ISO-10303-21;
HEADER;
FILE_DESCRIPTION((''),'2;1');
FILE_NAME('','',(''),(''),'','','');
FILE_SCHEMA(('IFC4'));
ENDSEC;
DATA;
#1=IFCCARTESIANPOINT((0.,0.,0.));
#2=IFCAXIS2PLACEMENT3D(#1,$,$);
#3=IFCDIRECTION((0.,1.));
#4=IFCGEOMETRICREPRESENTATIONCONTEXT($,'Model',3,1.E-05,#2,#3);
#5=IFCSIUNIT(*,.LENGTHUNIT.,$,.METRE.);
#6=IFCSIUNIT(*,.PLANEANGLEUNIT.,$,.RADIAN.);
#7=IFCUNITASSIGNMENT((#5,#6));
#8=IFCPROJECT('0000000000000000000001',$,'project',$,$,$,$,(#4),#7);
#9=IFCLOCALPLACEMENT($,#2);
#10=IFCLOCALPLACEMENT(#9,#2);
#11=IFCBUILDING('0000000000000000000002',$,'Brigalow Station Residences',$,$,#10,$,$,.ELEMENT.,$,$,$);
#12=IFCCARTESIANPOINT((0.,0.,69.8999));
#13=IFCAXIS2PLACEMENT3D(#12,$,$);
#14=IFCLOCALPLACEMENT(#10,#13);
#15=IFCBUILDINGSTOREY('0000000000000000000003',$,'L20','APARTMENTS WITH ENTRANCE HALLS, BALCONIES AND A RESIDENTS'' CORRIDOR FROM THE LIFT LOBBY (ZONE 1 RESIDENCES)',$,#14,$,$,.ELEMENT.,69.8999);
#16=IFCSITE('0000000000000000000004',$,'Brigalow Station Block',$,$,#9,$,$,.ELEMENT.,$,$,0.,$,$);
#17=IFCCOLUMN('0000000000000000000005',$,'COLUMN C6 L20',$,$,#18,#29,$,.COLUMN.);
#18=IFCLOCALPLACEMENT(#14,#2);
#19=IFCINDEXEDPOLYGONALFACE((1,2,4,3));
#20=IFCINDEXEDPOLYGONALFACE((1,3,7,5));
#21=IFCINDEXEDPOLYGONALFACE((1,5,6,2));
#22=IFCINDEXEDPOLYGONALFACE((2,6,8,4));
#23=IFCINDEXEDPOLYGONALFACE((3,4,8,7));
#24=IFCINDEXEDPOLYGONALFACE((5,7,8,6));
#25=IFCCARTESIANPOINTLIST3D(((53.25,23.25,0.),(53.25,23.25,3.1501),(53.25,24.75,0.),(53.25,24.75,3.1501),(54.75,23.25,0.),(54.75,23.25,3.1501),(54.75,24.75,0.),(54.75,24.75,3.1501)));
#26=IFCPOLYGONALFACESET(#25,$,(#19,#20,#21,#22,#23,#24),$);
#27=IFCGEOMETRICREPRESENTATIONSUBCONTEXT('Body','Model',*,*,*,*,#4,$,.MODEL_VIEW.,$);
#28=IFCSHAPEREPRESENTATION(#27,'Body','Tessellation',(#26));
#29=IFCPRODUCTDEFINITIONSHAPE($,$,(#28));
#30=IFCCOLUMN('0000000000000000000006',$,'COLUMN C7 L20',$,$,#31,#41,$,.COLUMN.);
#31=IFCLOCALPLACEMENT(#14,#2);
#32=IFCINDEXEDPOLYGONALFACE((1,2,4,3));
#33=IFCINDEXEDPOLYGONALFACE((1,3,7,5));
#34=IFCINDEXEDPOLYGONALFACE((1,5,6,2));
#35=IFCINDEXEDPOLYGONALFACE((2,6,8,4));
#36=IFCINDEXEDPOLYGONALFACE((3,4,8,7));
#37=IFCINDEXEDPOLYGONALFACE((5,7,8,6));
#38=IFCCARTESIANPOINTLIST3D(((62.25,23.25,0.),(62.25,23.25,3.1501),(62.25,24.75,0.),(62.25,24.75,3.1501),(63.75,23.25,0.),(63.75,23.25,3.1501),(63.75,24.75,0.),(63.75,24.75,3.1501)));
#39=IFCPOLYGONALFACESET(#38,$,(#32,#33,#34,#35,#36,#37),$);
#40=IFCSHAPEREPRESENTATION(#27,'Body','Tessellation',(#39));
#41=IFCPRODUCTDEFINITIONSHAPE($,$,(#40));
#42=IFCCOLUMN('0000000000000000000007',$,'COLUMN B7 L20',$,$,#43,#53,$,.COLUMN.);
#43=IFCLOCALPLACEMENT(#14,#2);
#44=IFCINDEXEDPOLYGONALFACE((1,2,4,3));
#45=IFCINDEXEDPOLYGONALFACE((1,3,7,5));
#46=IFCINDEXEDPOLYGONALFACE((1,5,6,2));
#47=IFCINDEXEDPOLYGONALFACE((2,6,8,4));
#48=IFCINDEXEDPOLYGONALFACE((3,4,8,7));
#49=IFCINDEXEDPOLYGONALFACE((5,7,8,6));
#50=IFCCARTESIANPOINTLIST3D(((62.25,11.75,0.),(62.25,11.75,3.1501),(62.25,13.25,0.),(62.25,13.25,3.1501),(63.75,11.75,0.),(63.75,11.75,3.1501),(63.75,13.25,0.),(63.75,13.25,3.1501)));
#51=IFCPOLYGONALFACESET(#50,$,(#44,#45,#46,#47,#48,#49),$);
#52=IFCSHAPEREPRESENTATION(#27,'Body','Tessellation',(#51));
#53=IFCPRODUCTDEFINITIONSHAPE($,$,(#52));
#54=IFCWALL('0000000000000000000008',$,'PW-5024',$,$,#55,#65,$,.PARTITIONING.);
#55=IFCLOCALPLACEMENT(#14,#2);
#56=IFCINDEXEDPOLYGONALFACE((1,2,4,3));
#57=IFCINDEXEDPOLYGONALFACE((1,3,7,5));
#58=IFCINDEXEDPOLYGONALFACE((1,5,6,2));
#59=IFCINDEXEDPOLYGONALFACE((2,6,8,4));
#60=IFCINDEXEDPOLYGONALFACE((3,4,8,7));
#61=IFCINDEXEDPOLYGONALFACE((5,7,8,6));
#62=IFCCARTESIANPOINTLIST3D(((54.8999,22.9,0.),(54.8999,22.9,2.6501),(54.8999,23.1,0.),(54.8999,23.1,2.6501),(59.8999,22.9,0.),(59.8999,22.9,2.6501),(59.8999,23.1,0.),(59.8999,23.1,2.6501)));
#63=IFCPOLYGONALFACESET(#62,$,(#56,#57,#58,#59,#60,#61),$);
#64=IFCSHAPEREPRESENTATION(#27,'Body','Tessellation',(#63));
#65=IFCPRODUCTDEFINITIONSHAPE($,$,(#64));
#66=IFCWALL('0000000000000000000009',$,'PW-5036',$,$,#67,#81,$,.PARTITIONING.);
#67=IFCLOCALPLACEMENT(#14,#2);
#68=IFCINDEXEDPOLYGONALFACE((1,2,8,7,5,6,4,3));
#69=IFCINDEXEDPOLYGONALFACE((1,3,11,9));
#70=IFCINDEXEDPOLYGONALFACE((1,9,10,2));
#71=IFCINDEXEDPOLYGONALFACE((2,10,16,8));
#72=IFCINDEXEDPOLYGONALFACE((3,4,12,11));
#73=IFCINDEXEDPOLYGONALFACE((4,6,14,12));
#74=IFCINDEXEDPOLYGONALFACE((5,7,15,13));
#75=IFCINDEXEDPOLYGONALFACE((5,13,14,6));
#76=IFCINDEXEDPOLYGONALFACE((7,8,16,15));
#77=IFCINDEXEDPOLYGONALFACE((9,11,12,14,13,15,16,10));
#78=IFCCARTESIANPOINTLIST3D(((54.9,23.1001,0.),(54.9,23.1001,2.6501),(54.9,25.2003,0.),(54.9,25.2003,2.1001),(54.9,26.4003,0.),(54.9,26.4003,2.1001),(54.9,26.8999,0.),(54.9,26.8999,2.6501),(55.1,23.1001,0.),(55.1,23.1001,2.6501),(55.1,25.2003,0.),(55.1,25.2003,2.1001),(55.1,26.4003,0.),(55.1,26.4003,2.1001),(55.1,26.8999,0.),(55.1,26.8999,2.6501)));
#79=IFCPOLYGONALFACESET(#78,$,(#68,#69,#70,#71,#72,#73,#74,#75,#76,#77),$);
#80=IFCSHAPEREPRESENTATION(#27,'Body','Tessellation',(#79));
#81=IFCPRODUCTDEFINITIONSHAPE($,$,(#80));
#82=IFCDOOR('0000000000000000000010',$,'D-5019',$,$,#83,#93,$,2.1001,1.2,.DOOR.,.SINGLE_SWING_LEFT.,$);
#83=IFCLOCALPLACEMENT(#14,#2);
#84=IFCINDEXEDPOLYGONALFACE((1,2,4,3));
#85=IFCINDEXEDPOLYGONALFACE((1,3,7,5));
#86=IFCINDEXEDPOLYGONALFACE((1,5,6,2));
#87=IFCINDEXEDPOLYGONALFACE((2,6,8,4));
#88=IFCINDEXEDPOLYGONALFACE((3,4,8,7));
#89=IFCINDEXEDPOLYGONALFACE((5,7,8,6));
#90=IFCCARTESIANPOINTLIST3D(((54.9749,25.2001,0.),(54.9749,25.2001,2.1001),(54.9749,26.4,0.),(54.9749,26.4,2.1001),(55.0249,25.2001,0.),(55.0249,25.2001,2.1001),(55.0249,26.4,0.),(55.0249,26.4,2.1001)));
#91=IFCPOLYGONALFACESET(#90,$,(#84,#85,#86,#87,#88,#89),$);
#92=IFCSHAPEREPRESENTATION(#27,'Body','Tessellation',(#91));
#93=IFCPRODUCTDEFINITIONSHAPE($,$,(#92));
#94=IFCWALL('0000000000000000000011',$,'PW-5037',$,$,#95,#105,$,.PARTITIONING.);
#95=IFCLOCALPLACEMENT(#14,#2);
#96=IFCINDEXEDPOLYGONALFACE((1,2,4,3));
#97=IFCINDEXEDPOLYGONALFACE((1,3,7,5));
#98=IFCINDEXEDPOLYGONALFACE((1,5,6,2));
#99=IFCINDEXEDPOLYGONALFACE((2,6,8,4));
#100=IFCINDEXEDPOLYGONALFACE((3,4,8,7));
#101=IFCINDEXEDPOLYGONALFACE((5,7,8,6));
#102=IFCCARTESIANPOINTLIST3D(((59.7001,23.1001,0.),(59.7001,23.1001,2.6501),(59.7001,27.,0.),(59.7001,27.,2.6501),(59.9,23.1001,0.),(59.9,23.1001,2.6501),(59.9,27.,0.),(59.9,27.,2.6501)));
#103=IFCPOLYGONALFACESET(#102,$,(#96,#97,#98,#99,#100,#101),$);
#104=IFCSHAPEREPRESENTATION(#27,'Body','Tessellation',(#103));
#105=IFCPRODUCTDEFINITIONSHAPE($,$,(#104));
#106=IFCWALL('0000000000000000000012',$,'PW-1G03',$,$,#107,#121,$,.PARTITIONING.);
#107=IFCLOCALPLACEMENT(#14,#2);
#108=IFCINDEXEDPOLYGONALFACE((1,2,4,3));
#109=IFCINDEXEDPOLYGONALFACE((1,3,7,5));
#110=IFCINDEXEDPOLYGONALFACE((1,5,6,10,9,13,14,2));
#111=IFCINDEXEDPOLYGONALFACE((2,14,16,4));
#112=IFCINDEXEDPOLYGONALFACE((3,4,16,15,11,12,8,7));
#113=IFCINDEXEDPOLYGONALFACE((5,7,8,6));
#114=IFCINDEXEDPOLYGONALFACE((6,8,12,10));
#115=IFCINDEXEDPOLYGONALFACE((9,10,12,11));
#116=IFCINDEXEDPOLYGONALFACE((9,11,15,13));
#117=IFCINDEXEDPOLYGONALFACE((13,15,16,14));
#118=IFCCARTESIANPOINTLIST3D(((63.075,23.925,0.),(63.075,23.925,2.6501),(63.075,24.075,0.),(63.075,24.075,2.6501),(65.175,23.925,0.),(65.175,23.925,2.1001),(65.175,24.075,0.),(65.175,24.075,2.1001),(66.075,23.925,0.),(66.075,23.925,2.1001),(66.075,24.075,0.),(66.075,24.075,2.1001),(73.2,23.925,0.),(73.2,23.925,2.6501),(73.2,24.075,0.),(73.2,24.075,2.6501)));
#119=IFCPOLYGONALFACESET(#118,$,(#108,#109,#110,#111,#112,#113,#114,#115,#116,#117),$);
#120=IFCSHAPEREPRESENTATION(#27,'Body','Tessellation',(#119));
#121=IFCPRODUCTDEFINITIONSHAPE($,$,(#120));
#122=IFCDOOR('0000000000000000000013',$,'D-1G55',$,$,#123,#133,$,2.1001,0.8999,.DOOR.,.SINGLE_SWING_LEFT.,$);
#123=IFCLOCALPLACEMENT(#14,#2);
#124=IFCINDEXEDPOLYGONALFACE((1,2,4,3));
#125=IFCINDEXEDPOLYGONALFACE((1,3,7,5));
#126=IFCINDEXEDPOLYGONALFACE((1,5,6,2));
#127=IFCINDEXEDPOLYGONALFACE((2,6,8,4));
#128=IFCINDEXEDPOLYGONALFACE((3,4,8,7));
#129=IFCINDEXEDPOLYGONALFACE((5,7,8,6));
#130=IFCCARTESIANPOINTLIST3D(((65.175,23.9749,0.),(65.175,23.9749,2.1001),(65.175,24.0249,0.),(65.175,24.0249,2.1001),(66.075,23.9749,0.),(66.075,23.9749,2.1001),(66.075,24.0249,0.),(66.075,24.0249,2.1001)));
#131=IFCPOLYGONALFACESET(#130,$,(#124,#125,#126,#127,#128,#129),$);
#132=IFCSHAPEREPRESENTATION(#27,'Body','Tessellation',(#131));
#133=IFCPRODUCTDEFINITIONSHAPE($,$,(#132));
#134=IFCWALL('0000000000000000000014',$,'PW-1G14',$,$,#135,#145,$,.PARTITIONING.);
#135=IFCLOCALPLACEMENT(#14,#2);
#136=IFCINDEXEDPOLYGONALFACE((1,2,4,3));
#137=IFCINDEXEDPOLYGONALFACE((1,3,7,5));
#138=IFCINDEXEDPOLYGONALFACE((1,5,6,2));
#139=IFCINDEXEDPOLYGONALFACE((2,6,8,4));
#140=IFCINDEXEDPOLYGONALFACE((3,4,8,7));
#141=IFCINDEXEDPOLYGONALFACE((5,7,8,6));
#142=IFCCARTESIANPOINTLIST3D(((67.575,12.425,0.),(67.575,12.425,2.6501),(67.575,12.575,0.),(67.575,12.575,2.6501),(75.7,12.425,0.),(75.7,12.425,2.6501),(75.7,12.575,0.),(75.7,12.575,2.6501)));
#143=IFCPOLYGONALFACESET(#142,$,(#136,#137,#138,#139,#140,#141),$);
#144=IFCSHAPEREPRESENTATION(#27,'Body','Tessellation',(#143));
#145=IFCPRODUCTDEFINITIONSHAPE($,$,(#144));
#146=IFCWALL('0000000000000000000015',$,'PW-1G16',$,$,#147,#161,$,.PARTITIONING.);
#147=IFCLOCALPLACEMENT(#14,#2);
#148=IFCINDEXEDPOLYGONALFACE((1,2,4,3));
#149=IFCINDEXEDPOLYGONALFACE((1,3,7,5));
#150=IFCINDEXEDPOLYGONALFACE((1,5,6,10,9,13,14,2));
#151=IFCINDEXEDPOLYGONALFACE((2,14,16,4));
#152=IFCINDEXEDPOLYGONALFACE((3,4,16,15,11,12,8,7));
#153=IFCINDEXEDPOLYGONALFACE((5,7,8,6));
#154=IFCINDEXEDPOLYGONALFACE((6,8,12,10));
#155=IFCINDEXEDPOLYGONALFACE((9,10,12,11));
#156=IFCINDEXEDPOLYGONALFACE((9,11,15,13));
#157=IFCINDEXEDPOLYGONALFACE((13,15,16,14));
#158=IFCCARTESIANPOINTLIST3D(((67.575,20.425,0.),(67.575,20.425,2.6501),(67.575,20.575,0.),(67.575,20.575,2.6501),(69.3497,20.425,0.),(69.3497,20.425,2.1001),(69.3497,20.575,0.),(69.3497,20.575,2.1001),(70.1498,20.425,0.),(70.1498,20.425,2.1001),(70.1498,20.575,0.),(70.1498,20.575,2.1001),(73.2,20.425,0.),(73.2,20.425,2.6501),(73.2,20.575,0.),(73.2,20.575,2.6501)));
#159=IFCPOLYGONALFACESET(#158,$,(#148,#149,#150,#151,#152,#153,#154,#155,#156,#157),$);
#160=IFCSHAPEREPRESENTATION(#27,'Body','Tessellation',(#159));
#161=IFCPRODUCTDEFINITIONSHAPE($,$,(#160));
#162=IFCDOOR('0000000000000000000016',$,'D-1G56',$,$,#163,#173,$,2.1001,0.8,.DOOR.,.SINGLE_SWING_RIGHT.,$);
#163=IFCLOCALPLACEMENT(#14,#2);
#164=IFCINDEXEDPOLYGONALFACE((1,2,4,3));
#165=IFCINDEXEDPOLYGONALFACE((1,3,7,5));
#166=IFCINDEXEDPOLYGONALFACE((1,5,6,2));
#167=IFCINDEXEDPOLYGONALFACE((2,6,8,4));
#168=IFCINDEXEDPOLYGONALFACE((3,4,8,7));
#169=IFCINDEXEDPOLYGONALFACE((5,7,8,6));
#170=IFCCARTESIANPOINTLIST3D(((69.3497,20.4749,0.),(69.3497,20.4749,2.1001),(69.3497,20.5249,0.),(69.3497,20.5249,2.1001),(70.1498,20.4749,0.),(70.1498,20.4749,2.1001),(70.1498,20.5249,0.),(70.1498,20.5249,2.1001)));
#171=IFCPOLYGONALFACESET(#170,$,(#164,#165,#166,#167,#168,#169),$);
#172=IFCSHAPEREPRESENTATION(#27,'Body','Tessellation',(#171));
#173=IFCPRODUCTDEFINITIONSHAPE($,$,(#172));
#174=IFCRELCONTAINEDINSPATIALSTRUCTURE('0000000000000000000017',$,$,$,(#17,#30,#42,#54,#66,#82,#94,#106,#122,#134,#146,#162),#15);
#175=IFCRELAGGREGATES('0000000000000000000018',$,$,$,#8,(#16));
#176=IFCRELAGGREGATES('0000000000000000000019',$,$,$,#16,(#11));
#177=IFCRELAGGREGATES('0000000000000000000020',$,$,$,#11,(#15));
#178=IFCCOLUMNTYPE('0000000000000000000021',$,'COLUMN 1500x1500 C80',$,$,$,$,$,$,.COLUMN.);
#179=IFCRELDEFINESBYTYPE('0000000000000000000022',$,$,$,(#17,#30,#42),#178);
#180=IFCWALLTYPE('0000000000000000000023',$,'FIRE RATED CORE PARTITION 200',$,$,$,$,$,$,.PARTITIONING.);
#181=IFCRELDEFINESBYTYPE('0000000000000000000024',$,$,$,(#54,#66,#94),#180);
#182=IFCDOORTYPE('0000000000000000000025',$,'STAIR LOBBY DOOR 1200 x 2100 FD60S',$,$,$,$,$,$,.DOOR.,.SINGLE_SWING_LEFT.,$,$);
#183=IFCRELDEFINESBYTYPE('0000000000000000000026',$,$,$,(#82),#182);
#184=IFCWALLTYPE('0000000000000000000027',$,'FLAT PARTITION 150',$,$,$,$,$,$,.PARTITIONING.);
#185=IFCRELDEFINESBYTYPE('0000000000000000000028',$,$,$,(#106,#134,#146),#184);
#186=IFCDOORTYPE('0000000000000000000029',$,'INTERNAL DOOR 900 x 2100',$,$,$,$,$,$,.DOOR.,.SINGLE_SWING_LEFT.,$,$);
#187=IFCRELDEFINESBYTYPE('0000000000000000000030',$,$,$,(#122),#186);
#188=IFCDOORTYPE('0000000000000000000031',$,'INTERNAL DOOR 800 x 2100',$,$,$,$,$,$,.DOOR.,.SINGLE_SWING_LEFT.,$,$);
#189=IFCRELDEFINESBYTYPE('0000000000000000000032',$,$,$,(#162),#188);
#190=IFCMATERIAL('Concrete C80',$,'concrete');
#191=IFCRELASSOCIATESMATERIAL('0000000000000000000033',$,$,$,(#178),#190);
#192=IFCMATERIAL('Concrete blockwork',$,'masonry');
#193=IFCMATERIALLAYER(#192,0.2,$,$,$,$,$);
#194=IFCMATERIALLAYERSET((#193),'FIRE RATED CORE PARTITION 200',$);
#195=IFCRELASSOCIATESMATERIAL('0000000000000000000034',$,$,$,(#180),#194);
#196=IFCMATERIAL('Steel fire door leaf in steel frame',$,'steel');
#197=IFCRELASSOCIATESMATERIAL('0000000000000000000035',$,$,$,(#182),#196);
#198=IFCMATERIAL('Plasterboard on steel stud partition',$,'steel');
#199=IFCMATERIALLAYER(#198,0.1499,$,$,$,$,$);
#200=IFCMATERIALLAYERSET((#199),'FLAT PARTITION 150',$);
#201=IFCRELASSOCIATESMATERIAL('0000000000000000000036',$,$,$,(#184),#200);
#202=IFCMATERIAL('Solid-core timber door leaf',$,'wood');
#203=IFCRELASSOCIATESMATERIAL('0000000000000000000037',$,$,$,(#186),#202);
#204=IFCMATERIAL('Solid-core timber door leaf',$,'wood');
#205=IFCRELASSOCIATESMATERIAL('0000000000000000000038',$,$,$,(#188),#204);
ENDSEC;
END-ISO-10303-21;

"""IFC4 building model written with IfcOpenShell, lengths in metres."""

from ifc_helpers import new_model, si_unit, direction, frame, frame_2d, origin, origin_2d, place, context, subcontext, project, spatial, rectangle, extrude, material, layer, layer_set, material_profile, profile_set, type_object, element, fill, save


model = new_model("IFC4")

# Units and contexts
model_context = context("Model", 3, precision=1e-05, world=origin(), true_north=direction((0.0, 1.0)))
body_context = subcontext(model_context, "Body", "Model", "MODEL_VIEW")
ifc_project = project(units=[si_unit("LENGTHUNIT", "METRE"), si_unit("PLANEANGLEUNIT", "RADIAN")], contexts=[model_context])

# Site, building, storey
site_placement = place(None, origin())
site = spatial("IfcSite", under=ifc_project, at=site_placement, Name="Brigalow Station Block", CompositionType="ELEMENT", RefElevation=0.0)
building_placement = place(site_placement, origin())
building = spatial("IfcBuilding", under=site, at=building_placement, Name="Brigalow Station Residences", CompositionType="ELEMENT")
storey_placement = place(building_placement, frame((0.0, 0.0, 69.8999)))
storey = spatial("IfcBuildingStorey", under=building, at=storey_placement, Name="L20", Description="APARTMENTS WITH ENTRANCE HALLS, BALCONIES AND A RESIDENTS' CORRIDOR FROM THE LIFT LOBBY (ZONE 1 RESIDENCES)", CompositionType="ELEMENT", Elevation=69.8999)

# Columns
ifc_material_1 = material(Name="Concrete C80", Category="concrete")
ifc_material_profile = material_profile(ifc_material_1, rectangle(XDim=1.5, YDim=1.5, at=origin_2d()), Name="RC1500x1500")
ifc_profile_set = profile_set([ifc_material_profile], Name="Concrete C80")
column_type = type_object("IfcColumnType", Name="COLUMN 1500x1500 C80", PredefinedType="COLUMN", material=ifc_profile_set)
for number, where, z_axis, x_axis, name in (
    (1, (54.0, 24.0, 0.0), (0.0, 0.0, 1.0), (1.0, 0.0, 0.0), "COLUMN C6 L20"),
    (2, (63.0, 24.0, 0.0), (0.0, 0.0, 1.0), (1.0, 0.0, 0.0), "COLUMN C7 L20"),
    (3, (63.0, 12.5, 0.0), (0.0, 0.0, 1.0), (1.0, 0.0, 0.0), "COLUMN B7 L20"),
):
    element("IfcColumn", number, at=place(storey_placement, frame(where, z_axis=z_axis, x_axis=x_axis)), inside=storey, type_object=column_type, Name=name, PredefinedType="COLUMN", context=body_context, shape_type="SweptSolid", body=[
        extrude(rectangle(XDim=1.5, YDim=1.5, at=origin_2d()), origin(), (0.0, 0.0, 1.0), 3.1501),
    ])

# Wall
ifc_material_2 = material(Name="Concrete blockwork", Category="masonry")
ifc_layer_1 = layer(ifc_material_2, 0.2)
ifc_layer_set_1 = layer_set([ifc_layer_1], Name="FIRE RATED CORE PARTITION 200")
wall_type_1 = type_object("IfcWallType", Name="FIRE RATED CORE PARTITION 200", PredefinedType="PARTITIONING", material=ifc_layer_set_1)
wall_1_placement = place(storey_placement, frame((54.8999, 23.0, 0.0), z_axis=(0.0, 0.0, 1.0), x_axis=(1.0, 0.0, 0.0)))
element("IfcWall", 4, at=wall_1_placement, inside=storey, type_object=wall_type_1, Name="PW-5024", PredefinedType="PARTITIONING", context=body_context, shape_type="SweptSolid", body=[
    extrude(rectangle(XDim=5.0, YDim=0.2, at=frame_2d((2.5, 0.0))), origin(), (0.0, 0.0, 1.0), 2.6501),
])

# Wall, opening, door
wall_2_placement = place(storey_placement, frame((55.0, 23.1001, 0.0), z_axis=(0.0, 0.0, 1.0), x_axis=(0.0, 1.0, 0.0)))
wall_2 = element("IfcWall", 5, at=wall_2_placement, inside=storey, type_object=wall_type_1, Name="PW-5036", PredefinedType="PARTITIONING", context=body_context, shape_type="SweptSolid", body=[
    extrude(rectangle(XDim=3.7998, YDim=0.2, at=frame_2d((1.8999, 0.0))), origin(), (0.0, 0.0, 1.0), 2.6501),
])
opening_1_placement = place(wall_2_placement, frame((2.1001, 0.0, 0.0)))
opening_1 = element("IfcOpeningElement", 6, at=opening_1_placement, cuts=wall_2, PredefinedType="OPENING", context=body_context, shape_type="SweptSolid", body=[
    extrude(rectangle(XDim=1.2, YDim=2.1001, at=frame_2d((0.6001, 1.05))), frame((0.0, 0.1099, 0.0), z_axis=(0.0, -1.0, 0.0), x_axis=(1.0, 0.0, 0.0)), (0.0, 0.0, 1.0), 0.22),
])
ifc_material_3 = material(Name="Steel fire door leaf in steel frame", Category="steel")
door_type_1 = type_object("IfcDoorType", Name="STAIR LOBBY DOOR 1200 x 2100 FD60S", OperationType="SINGLE_SWING_LEFT", PredefinedType="DOOR", material=ifc_material_3)
door_1_placement = place(opening_1_placement, frame((1.2, 0.0, 0.0), z_axis=(0.0, 0.0, 1.0), x_axis=(-1.0, 0.0, 0.0)))
door_1 = element("IfcDoor", 7, at=door_1_placement, inside=storey, type_object=door_type_1, Name="D-5019", OperationType="SINGLE_SWING_LEFT", OverallHeight=2.1001, OverallWidth=1.2, PredefinedType="DOOR", context=body_context, shape_type="SweptSolid", body=[
    extrude(rectangle(XDim=1.2, YDim=2.1001, at=frame_2d((0.6001, 1.05))), frame((0.0, 0.0249, 0.0), z_axis=(0.0, -1.0, 0.0), x_axis=(1.0, 0.0, 0.0)), (0.0, 0.0, 1.0), 0.05),
])
fill(opening_1, door_1)

# Wall
wall_3_placement = place(storey_placement, frame((59.8, 23.1001, 0.0), z_axis=(0.0, 0.0, 1.0), x_axis=(0.0, 1.0, 0.0)))
element("IfcWall", 8, at=wall_3_placement, inside=storey, type_object=wall_type_1, Name="PW-5037", PredefinedType="PARTITIONING", context=body_context, shape_type="SweptSolid", body=[
    extrude(rectangle(XDim=3.8999, YDim=0.2, at=frame_2d((1.95, 0.0))), origin(), (0.0, 0.0, 1.0), 2.6501),
])

# Wall, opening, door
ifc_material_4 = material(Name="Plasterboard on steel stud partition", Category="steel")
ifc_layer_2 = layer(ifc_material_4, 0.1499)
ifc_layer_set_2 = layer_set([ifc_layer_2], Name="FLAT PARTITION 150")
wall_type_2 = type_object("IfcWallType", Name="FLAT PARTITION 150", PredefinedType="PARTITIONING", material=ifc_layer_set_2)
wall_4_placement = place(storey_placement, frame((63.075, 24.0, 0.0), z_axis=(0.0, 0.0, 1.0), x_axis=(1.0, 0.0, 0.0)))
wall_4 = element("IfcWall", 9, at=wall_4_placement, inside=storey, type_object=wall_type_2, Name="PW-1G03", PredefinedType="PARTITIONING", context=body_context, shape_type="SweptSolid", body=[
    extrude(rectangle(XDim=10.125, YDim=0.1499, at=frame_2d((5.0625, 0.0))), origin(), (0.0, 0.0, 1.0), 2.6501),
])
opening_2_placement = place(wall_4_placement, frame((2.1001, 0.0, 0.0)))
opening_2 = element("IfcOpeningElement", 10, at=opening_2_placement, cuts=wall_4, PredefinedType="OPENING", context=body_context, shape_type="SweptSolid", body=[
    extrude(rectangle(XDim=0.8999, YDim=2.1001, at=frame_2d((0.45, 1.05))), frame((0.0, 0.085, 0.0), z_axis=(0.0, -1.0, 0.0), x_axis=(1.0, 0.0, 0.0)), (0.0, 0.0, 1.0), 0.1699),
])
ifc_material_5 = material(Name="Solid-core timber door leaf", Category="wood")
door_type_2 = type_object("IfcDoorType", Name="INTERNAL DOOR 900 x 2100", OperationType="SINGLE_SWING_LEFT", PredefinedType="DOOR", material=ifc_material_5)
door_2_placement = place(opening_2_placement, origin())
door_2 = element("IfcDoor", 11, at=door_2_placement, inside=storey, type_object=door_type_2, Name="D-1G55", OperationType="SINGLE_SWING_LEFT", OverallHeight=2.1001, OverallWidth=0.8999, PredefinedType="DOOR", context=body_context, shape_type="SweptSolid", body=[
    extrude(rectangle(XDim=0.8999, YDim=2.1001, at=frame_2d((0.45, 1.05))), frame((0.0, 0.0249, 0.0), z_axis=(0.0, -1.0, 0.0), x_axis=(1.0, 0.0, 0.0)), (0.0, 0.0, 1.0), 0.05),
])
fill(opening_2, door_2)

# Wall
wall_5_placement = place(storey_placement, frame((67.575, 12.5, 0.0), z_axis=(0.0, 0.0, 1.0), x_axis=(1.0, 0.0, 0.0)))
element("IfcWall", 12, at=wall_5_placement, inside=storey, type_object=wall_type_2, Name="PW-1G14", PredefinedType="PARTITIONING", context=body_context, shape_type="SweptSolid", body=[
    extrude(rectangle(XDim=8.125, YDim=0.1499, at=frame_2d((4.0625, 0.0))), origin(), (0.0, 0.0, 1.0), 2.6501),
])

# Wall, opening, door
wall_6_placement = place(storey_placement, frame((67.575, 20.5, 0.0), z_axis=(0.0, 0.0, 1.0), x_axis=(1.0, 0.0, 0.0)))
wall_6 = element("IfcWall", 13, at=wall_6_placement, inside=storey, type_object=wall_type_2, Name="PW-1G16", PredefinedType="PARTITIONING", context=body_context, shape_type="SweptSolid", body=[
    extrude(rectangle(XDim=5.625, YDim=0.1499, at=frame_2d((2.8125, 0.0))), origin(), (0.0, 0.0, 1.0), 2.6501),
])
opening_3_placement = place(wall_6_placement, frame((1.7749, 0.0, 0.0)))
opening_3 = element("IfcOpeningElement", 14, at=opening_3_placement, cuts=wall_6, PredefinedType="OPENING", context=body_context, shape_type="SweptSolid", body=[
    extrude(rectangle(XDim=0.8, YDim=2.1001, at=frame_2d((0.3999, 1.05))), frame((0.0, 0.085, 0.0), z_axis=(0.0, -1.0, 0.0), x_axis=(1.0, 0.0, 0.0)), (0.0, 0.0, 1.0), 0.1699),
])
ifc_material_6 = material(Name="Solid-core timber door leaf", Category="wood")
door_type_3 = type_object("IfcDoorType", Name="INTERNAL DOOR 800 x 2100", OperationType="SINGLE_SWING_LEFT", PredefinedType="DOOR", material=ifc_material_6)
door_3_placement = place(opening_3_placement, origin())
door_3 = element("IfcDoor", 15, at=door_3_placement, inside=storey, type_object=door_type_3, Name="D-1G56", OperationType="SINGLE_SWING_RIGHT", OverallHeight=2.1001, OverallWidth=0.8, PredefinedType="DOOR", context=body_context, shape_type="SweptSolid", body=[
    extrude(rectangle(XDim=0.8, YDim=2.1001, at=frame_2d((0.3999, 1.05))), frame((0.0, 0.0249, 0.0), z_axis=(0.0, -1.0, 0.0), x_axis=(1.0, 0.0, 0.0)), (0.0, 0.0, 1.0), 0.05),
])
fill(opening_3, door_3)

save(model, "model.ifc")
